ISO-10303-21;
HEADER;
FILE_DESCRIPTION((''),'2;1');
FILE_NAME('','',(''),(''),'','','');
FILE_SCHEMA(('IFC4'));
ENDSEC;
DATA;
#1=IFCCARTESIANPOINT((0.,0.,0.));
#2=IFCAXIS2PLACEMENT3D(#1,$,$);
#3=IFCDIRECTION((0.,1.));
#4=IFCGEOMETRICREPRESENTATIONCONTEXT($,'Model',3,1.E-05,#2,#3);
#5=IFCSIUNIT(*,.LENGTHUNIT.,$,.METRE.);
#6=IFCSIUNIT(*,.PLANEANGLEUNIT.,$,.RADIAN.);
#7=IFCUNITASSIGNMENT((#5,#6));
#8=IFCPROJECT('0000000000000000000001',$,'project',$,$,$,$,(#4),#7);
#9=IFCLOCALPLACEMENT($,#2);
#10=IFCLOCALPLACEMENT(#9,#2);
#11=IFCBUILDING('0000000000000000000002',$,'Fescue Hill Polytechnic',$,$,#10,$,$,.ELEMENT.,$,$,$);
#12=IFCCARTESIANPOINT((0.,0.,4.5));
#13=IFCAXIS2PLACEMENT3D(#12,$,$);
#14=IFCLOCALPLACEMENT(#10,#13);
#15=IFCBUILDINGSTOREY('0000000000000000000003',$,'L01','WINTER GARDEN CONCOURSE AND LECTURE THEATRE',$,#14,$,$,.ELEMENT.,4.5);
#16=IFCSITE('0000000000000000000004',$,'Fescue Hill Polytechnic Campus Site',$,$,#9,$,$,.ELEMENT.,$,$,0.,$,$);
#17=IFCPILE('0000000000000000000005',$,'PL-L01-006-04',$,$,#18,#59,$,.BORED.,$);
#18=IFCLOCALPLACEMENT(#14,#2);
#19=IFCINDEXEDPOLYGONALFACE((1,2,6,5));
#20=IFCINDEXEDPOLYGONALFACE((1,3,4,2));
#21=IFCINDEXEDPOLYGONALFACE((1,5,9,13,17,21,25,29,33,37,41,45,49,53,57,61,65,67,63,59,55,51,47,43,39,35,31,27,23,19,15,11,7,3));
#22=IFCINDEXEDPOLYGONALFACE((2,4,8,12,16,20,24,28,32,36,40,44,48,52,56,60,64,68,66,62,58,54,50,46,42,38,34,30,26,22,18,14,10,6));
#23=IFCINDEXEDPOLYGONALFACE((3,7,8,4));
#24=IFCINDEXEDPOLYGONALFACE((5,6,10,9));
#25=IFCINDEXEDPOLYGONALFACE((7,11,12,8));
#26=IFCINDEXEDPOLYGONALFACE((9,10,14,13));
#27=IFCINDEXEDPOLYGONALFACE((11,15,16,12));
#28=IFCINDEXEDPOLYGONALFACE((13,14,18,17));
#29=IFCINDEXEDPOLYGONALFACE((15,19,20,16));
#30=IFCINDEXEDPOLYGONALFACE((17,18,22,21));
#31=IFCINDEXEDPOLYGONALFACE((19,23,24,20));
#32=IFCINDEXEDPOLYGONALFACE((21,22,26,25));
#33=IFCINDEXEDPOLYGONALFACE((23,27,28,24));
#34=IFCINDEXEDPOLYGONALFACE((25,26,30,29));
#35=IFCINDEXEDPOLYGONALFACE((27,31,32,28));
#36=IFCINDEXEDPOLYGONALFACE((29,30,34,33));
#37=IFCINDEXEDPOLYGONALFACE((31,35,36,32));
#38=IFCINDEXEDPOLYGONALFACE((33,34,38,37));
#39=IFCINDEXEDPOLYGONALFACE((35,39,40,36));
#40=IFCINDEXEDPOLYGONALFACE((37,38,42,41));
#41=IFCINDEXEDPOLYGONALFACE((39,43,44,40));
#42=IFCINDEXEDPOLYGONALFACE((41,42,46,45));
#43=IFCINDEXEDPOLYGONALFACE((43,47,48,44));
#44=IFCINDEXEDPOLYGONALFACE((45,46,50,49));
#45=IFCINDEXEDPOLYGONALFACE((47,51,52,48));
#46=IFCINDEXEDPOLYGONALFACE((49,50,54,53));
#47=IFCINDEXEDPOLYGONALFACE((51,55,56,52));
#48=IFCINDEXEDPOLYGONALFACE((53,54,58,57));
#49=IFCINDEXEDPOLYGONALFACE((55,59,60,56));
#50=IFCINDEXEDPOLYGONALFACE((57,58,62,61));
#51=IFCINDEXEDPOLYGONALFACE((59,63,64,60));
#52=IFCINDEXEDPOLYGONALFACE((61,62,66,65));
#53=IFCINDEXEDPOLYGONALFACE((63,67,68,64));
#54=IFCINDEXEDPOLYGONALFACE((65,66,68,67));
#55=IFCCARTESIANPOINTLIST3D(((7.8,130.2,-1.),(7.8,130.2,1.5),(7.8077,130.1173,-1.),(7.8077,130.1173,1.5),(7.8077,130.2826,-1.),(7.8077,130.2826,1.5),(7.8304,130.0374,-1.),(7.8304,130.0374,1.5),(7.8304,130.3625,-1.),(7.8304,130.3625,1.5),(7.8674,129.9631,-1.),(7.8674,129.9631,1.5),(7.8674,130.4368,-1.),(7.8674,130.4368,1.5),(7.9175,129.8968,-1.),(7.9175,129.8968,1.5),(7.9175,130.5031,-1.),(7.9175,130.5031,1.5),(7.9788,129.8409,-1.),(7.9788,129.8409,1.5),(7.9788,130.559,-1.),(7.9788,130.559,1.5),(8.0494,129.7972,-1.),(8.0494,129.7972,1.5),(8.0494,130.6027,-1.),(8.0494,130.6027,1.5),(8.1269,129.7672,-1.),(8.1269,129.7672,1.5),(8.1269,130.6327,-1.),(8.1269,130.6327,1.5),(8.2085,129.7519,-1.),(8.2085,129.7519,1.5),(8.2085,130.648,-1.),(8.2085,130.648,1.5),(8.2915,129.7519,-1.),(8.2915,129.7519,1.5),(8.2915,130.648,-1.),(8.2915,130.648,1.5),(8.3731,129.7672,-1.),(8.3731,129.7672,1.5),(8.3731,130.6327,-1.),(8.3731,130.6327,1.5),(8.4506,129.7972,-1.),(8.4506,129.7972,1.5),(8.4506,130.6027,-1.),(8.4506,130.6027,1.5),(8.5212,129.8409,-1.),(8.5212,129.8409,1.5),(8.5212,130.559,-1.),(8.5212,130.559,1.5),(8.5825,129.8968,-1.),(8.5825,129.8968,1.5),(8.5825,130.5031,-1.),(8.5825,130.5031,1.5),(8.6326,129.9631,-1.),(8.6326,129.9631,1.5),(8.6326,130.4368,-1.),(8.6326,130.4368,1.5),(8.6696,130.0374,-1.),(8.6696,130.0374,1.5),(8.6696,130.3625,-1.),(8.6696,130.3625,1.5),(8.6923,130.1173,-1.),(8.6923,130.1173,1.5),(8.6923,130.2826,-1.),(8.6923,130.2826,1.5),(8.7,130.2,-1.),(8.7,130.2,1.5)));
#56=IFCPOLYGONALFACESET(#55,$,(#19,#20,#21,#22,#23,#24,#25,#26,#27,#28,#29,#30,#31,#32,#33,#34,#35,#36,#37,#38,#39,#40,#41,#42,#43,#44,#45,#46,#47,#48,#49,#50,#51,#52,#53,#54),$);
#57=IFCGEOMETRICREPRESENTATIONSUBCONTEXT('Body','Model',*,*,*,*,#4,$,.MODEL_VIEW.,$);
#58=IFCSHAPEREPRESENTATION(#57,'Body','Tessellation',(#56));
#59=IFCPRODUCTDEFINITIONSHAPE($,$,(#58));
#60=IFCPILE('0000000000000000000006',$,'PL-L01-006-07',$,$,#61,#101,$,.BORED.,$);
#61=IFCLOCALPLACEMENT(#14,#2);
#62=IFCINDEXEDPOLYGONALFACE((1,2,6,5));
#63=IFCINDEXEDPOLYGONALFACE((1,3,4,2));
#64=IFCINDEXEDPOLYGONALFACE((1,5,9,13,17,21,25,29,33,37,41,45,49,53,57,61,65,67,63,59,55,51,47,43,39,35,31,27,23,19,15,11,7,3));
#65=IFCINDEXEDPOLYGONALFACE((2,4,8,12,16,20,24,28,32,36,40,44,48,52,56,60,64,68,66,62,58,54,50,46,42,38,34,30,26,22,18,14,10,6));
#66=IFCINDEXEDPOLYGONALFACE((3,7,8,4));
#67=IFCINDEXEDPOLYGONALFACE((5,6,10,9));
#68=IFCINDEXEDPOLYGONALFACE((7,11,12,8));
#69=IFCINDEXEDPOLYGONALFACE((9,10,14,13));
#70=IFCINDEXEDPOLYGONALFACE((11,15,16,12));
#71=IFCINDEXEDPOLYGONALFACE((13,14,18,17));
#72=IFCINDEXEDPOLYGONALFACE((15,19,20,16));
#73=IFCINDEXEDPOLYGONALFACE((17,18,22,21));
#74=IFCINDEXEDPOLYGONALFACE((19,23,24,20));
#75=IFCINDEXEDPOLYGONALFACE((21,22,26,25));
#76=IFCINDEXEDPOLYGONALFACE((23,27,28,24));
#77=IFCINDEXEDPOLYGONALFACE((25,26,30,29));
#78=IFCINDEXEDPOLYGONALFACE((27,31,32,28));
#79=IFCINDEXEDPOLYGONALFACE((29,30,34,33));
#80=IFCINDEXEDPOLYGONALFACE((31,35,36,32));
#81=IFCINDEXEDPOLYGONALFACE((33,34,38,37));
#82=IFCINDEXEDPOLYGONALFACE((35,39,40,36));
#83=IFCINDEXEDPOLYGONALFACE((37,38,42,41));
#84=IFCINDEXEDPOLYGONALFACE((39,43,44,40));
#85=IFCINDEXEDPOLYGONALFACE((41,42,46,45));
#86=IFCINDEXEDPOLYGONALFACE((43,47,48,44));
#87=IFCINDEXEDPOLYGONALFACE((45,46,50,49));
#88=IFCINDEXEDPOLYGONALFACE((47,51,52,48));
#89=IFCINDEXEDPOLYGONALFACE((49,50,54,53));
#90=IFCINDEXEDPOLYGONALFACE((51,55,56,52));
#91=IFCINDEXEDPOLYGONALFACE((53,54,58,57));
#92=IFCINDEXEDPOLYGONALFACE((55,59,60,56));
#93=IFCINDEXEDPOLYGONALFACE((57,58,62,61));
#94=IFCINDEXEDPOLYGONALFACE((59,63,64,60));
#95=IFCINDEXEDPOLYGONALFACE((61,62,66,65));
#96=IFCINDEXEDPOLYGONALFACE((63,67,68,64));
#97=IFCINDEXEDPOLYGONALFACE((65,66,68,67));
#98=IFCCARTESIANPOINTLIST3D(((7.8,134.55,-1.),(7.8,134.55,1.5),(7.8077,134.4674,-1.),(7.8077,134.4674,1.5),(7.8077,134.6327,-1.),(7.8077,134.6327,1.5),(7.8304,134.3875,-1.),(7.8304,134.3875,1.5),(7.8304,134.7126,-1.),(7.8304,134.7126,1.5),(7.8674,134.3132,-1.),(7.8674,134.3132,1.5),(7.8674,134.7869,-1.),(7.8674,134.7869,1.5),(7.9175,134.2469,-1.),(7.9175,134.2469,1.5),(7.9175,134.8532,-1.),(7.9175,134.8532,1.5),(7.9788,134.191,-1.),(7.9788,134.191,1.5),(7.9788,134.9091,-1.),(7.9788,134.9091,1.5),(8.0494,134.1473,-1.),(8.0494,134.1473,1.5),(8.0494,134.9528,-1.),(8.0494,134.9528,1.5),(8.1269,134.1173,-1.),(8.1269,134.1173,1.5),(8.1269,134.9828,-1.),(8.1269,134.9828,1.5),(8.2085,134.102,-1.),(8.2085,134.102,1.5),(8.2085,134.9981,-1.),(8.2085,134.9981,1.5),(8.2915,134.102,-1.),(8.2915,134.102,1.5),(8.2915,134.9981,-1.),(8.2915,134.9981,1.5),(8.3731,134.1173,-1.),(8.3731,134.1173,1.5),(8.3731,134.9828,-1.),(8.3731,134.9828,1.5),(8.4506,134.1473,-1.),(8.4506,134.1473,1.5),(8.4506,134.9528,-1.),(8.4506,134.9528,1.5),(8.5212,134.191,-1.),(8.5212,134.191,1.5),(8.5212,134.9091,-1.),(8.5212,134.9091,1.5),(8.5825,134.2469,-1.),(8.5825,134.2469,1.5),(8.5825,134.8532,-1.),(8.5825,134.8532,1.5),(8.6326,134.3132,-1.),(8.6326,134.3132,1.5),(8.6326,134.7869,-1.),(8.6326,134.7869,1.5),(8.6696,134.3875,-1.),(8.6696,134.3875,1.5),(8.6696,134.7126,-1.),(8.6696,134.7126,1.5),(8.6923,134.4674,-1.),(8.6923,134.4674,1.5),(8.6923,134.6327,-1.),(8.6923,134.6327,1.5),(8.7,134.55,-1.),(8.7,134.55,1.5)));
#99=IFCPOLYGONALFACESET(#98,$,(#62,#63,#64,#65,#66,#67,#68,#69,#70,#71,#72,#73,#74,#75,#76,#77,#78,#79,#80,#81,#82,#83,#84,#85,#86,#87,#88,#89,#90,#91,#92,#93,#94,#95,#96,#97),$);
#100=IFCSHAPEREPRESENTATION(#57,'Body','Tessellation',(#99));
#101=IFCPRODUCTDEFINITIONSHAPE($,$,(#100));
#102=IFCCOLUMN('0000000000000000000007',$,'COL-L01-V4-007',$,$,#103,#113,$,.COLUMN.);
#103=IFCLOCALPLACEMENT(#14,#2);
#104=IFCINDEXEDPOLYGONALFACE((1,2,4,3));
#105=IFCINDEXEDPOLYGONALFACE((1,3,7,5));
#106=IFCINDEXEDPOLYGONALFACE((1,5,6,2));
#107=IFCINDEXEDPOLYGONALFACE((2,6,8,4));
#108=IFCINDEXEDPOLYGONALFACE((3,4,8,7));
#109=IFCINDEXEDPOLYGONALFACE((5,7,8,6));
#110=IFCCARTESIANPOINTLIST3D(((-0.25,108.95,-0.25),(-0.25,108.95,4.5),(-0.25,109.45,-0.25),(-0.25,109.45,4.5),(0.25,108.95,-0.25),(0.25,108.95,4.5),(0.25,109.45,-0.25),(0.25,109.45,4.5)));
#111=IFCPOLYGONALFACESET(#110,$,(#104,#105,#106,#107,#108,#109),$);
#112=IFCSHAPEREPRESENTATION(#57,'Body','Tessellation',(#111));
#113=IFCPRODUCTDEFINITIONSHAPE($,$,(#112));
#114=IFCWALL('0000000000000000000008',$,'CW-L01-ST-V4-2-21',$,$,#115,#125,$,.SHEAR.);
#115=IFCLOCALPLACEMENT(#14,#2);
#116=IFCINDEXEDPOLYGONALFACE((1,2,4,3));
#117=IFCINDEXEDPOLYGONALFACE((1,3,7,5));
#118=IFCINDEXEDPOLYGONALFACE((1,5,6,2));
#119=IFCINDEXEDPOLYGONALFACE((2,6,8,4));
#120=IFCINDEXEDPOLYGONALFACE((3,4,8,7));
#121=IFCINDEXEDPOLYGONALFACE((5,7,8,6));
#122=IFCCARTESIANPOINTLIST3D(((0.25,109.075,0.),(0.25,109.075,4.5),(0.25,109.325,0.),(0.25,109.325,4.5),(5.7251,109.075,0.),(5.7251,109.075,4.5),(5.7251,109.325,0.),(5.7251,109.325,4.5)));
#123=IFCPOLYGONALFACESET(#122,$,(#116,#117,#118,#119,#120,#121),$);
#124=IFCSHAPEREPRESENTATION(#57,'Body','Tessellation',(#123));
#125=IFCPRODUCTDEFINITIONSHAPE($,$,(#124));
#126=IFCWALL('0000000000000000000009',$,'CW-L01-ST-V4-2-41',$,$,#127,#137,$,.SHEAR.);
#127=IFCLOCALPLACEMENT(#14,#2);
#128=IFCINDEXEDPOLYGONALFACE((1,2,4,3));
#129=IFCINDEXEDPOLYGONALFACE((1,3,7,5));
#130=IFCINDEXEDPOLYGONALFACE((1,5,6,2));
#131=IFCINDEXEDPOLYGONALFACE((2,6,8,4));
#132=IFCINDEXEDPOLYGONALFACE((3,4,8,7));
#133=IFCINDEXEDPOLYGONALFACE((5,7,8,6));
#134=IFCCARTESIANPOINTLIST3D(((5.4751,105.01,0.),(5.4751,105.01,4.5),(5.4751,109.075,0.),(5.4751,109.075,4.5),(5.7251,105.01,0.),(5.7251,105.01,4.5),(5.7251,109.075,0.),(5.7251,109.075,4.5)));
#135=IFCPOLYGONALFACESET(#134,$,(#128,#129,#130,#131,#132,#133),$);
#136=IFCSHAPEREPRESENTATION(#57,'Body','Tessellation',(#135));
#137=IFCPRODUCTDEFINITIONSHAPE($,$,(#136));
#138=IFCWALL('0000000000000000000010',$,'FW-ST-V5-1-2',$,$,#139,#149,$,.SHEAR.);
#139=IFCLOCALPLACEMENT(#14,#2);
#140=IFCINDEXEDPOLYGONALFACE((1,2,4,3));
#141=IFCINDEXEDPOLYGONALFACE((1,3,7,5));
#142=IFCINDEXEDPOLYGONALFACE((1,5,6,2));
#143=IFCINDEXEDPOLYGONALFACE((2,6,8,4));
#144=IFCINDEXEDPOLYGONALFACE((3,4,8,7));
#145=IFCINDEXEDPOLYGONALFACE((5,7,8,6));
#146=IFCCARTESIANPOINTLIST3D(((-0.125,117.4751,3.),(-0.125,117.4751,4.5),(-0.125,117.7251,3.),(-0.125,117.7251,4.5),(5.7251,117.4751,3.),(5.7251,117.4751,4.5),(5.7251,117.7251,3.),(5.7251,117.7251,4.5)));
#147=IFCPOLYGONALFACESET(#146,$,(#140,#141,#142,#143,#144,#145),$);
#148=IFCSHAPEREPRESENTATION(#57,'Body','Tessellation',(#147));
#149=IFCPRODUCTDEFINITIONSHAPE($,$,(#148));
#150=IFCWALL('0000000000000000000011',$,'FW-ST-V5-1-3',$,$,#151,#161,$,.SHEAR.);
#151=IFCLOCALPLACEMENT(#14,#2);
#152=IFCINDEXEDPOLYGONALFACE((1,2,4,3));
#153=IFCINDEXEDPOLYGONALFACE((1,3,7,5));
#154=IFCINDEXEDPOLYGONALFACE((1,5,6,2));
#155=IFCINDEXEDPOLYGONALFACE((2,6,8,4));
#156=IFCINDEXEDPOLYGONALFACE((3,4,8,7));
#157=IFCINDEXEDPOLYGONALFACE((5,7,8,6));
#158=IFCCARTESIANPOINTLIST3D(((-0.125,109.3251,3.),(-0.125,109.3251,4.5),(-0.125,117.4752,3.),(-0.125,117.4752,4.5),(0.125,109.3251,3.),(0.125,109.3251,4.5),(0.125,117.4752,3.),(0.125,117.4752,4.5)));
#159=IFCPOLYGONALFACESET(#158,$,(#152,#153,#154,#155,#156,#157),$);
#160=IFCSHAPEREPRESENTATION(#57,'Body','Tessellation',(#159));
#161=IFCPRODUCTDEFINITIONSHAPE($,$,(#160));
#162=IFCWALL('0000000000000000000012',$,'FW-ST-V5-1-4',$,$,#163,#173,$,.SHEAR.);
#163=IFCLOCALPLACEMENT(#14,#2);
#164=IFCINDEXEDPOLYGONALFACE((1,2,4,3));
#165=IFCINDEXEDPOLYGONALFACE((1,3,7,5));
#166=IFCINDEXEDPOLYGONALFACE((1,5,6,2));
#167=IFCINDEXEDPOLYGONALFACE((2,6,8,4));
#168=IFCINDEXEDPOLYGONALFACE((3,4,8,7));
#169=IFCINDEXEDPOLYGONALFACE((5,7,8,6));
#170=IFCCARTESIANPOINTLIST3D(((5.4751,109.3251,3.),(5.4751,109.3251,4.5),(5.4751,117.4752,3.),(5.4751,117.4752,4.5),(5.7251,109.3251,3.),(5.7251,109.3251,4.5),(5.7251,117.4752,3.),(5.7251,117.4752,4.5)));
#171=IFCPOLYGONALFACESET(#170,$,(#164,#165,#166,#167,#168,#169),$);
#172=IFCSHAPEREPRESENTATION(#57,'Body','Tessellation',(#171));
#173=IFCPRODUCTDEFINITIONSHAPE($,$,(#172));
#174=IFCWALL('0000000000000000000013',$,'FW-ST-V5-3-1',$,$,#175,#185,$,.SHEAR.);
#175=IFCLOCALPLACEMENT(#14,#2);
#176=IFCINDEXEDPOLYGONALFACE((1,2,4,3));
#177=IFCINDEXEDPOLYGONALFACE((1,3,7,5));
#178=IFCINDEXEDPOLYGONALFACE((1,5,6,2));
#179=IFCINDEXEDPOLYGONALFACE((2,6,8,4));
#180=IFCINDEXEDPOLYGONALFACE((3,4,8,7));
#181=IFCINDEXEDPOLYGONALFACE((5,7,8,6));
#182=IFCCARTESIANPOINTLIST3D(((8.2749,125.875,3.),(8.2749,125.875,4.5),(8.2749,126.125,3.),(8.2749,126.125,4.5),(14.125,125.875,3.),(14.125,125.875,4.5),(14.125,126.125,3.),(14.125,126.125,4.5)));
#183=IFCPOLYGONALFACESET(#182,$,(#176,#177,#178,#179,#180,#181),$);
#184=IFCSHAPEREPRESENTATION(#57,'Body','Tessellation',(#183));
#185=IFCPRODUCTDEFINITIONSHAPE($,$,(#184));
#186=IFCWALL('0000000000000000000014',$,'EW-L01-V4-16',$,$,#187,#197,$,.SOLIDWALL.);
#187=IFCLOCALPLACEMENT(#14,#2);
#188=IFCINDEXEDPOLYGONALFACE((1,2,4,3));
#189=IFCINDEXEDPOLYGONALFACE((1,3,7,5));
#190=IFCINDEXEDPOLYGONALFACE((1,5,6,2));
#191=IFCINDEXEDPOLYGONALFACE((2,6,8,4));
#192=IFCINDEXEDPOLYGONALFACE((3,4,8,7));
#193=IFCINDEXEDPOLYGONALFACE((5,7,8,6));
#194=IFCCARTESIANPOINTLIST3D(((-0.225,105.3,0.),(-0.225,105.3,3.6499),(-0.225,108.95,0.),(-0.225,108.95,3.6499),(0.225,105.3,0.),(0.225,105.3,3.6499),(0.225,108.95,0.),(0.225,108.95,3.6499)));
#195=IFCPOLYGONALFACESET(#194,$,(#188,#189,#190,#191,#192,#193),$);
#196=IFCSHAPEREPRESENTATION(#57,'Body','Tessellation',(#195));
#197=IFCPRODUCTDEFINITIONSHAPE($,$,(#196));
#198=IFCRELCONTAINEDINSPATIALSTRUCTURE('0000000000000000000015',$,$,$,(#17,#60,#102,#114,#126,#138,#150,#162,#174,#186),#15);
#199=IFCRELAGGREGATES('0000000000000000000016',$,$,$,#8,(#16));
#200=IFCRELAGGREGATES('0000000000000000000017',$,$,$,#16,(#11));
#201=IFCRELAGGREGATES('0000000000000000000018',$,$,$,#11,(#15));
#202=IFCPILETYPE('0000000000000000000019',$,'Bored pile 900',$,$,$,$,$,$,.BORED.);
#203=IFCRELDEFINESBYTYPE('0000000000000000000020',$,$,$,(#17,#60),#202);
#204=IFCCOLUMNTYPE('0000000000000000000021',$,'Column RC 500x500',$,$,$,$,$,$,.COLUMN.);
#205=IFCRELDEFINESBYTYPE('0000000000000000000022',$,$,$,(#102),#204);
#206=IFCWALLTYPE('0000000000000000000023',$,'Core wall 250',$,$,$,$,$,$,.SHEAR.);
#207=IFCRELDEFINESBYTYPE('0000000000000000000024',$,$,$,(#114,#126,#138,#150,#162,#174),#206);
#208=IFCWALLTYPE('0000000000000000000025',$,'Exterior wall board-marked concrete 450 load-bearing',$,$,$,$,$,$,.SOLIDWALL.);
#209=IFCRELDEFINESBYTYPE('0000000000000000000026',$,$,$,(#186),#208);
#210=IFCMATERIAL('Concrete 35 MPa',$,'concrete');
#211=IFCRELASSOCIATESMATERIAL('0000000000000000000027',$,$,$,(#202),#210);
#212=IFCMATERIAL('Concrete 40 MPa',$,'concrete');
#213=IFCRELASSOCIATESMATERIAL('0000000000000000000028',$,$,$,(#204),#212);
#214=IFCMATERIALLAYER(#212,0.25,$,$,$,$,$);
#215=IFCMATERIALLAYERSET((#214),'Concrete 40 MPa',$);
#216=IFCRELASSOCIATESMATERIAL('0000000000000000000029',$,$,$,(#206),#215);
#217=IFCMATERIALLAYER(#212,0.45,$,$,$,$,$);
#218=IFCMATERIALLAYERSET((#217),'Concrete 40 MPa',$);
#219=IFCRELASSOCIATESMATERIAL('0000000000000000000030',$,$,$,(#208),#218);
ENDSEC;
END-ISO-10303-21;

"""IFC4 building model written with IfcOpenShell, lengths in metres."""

from ifc_helpers import new_model, si_unit, direction, frame, frame_2d, origin, origin_2d, place, context, subcontext, project, spatial, rectangle, circle, extrude, material, layer, layer_set, material_profile, profile_set, type_object, element, save


model = new_model("IFC4")

# Units and contexts
model_context = context("Model", 3, precision=1e-05, world=origin(), true_north=direction((0.0, 1.0)))
body_context = subcontext(model_context, "Body", "Model", "MODEL_VIEW")
ifc_project = project(units=[si_unit("LENGTHUNIT", "METRE"), si_unit("PLANEANGLEUNIT", "RADIAN")], contexts=[model_context])

# Site, building, storey
site_placement = place(None, origin())
site = spatial("IfcSite", under=ifc_project, at=site_placement, Name="Fescue Hill Polytechnic Campus Site", CompositionType="ELEMENT", RefElevation=0.0)
building_placement = place(site_placement, origin())
building = spatial("IfcBuilding", under=site, at=building_placement, Name="Fescue Hill Polytechnic", CompositionType="ELEMENT")
storey_placement = place(building_placement, frame((0.0, 0.0, 4.5)))
storey = spatial("IfcBuildingStorey", under=building, at=storey_placement, Name="L01", Description="WINTER GARDEN CONCOURSE AND LECTURE THEATRE", CompositionType="ELEMENT", Elevation=4.5)

# Piles
ifc_material_1 = material(Name="Concrete 35 MPa", Category="concrete")
ifc_material_profile_1 = material_profile(ifc_material_1, circle(Radius=0.45, at=origin_2d()), Name="Bored pile 900")
ifc_profile_set_1 = profile_set([ifc_material_profile_1], Name="Concrete 35 MPa")
pile_type = type_object("IfcPileType", Name="Bored pile 900", PredefinedType="BORED", material=ifc_profile_set_1)
for number, where, z_axis, x_axis, name in (
    (1, (8.25, 130.2, 1.5), (0.0, 0.0, -1.0), (1.0, 0.0, 0.0), "PL-L01-006-04"),
    (2, (8.25, 134.55, 1.5), (0.0, 0.0, -1.0), (1.0, 0.0, 0.0), "PL-L01-006-07"),
):
    element("IfcPile", number, at=place(storey_placement, frame(where, z_axis=z_axis, x_axis=x_axis)), inside=storey, type_object=pile_type, Name=name, PredefinedType="BORED", context=body_context, shape_type="SweptSolid", body=[
        extrude(circle(Radius=0.45, at=origin_2d()), origin(), (0.0, 0.0, 1.0), 2.5),
    ])

# Column
ifc_material_2 = material(Name="Concrete 40 MPa", Category="concrete")
ifc_material_profile_2 = material_profile(ifc_material_2, rectangle(XDim=0.5, YDim=0.5, at=origin_2d()), Name="RC 500x500")
ifc_profile_set_2 = profile_set([ifc_material_profile_2], Name="Concrete 40 MPa")
column_type = type_object("IfcColumnType", Name="Column RC 500x500", PredefinedType="COLUMN", material=ifc_profile_set_2)
column_placement = place(storey_placement, frame((0.0, 109.2, -0.25), z_axis=(0.0, 0.0, 1.0), x_axis=(1.0, 0.0, 0.0)))
element("IfcColumn", 3, at=column_placement, inside=storey, type_object=column_type, Name="COL-L01-V4-007", PredefinedType="COLUMN", context=body_context, shape_type="SweptSolid", body=[
    extrude(rectangle(XDim=0.5, YDim=0.5, at=origin_2d()), origin(), (0.0, 0.0, 1.0), 4.75),
])

# Walls
ifc_layer_1 = layer(ifc_material_2, 0.25)
ifc_layer_set_1 = layer_set([ifc_layer_1], Name="Concrete 40 MPa")
wall_type_1 = type_object("IfcWallType", Name="Core wall 250", PredefinedType="SHEAR", material=ifc_layer_set_1)
wall_1_placement = place(storey_placement, frame((0.25, 109.2, 0.0), z_axis=(0.0, 0.0, 1.0), x_axis=(1.0, 0.0, 0.0)))
element("IfcWall", 4, at=wall_1_placement, inside=storey, type_object=wall_type_1, Name="CW-L01-ST-V4-2-21", PredefinedType="SHEAR", context=body_context, shape_type="SweptSolid", body=[
    extrude(rectangle(XDim=5.4751, YDim=0.25, at=frame_2d((2.7375, 0.0))), origin(), (0.0, 0.0, 1.0), 4.5),
])
wall_2_placement = place(storey_placement, frame((5.6001, 105.01, 0.0), z_axis=(0.0, 0.0, 1.0), x_axis=(0.0, 1.0, 0.0)))
element("IfcWall", 5, at=wall_2_placement, inside=storey, type_object=wall_type_1, Name="CW-L01-ST-V4-2-41", PredefinedType="SHEAR", context=body_context, shape_type="SweptSolid", body=[
    extrude(rectangle(XDim=4.0649, YDim=0.25, at=frame_2d((2.0325, 0.0))), origin(), (0.0, 0.0, 1.0), 4.5),
])
wall_3_placement = place(storey_placement, frame((-0.125, 117.6001, 3.0), z_axis=(0.0, 0.0, 1.0), x_axis=(1.0, 0.0, 0.0)))
element("IfcWall", 6, at=wall_3_placement, inside=storey, type_object=wall_type_1, Name="FW-ST-V5-1-2", PredefinedType="SHEAR", context=body_context, shape_type="SweptSolid", body=[
    extrude(rectangle(XDim=5.8501, YDim=0.25, at=frame_2d((2.925, 0.0))), origin(), (0.0, 0.0, 1.0), 1.5),
])
for number, where, z_axis, x_axis, name in (
    (7, (0.0, 109.325, 3.0), (0.0, 0.0, 1.0), (0.0, 1.0, 0.0), "FW-ST-V5-1-3"),
    (8, (5.6001, 109.325, 3.0), (0.0, 0.0, 1.0), (0.0, 1.0, 0.0), "FW-ST-V5-1-4"),
):
    element("IfcWall", number, at=place(storey_placement, frame(where, z_axis=z_axis, x_axis=x_axis)), inside=storey, type_object=wall_type_1, Name=name, PredefinedType="SHEAR", context=body_context, shape_type="SweptSolid", body=[
        extrude(rectangle(XDim=8.1501, YDim=0.25, at=frame_2d((4.0752, 0.0))), origin(), (0.0, 0.0, 1.0), 1.5),
    ])
wall_4_placement = place(storey_placement, frame((8.2749, 126.0, 3.0), z_axis=(0.0, 0.0, 1.0), x_axis=(1.0, 0.0, 0.0)))
element("IfcWall", 9, at=wall_4_placement, inside=storey, type_object=wall_type_1, Name="FW-ST-V5-3-1", PredefinedType="SHEAR", context=body_context, shape_type="SweptSolid", body=[
    extrude(rectangle(XDim=5.8501, YDim=0.25, at=frame_2d((2.925, 0.0))), origin(), (0.0, 0.0, 1.0), 1.5),
])
ifc_layer_2 = layer(ifc_material_2, 0.45)
ifc_layer_set_2 = layer_set([ifc_layer_2], Name="Concrete 40 MPa")
wall_type_2 = type_object("IfcWallType", Name="Exterior wall board-marked concrete 450 load-bearing", PredefinedType="SOLIDWALL", material=ifc_layer_set_2)
wall_5_placement = place(storey_placement, frame((0.0, 108.95, 0.0), z_axis=(0.0, 0.0, 1.0), x_axis=(0.0, -1.0, 0.0)))
element("IfcWall", 10, at=wall_5_placement, inside=storey, type_object=wall_type_2, Name="EW-L01-V4-16", PredefinedType="SOLIDWALL", context=body_context, shape_type="SweptSolid", body=[
    extrude(rectangle(XDim=3.6499, YDim=0.45, at=frame_2d((1.825, 0.0))), origin(), (0.0, 0.0, 1.0), 3.6499),
])

save(model, "model.ifc")
